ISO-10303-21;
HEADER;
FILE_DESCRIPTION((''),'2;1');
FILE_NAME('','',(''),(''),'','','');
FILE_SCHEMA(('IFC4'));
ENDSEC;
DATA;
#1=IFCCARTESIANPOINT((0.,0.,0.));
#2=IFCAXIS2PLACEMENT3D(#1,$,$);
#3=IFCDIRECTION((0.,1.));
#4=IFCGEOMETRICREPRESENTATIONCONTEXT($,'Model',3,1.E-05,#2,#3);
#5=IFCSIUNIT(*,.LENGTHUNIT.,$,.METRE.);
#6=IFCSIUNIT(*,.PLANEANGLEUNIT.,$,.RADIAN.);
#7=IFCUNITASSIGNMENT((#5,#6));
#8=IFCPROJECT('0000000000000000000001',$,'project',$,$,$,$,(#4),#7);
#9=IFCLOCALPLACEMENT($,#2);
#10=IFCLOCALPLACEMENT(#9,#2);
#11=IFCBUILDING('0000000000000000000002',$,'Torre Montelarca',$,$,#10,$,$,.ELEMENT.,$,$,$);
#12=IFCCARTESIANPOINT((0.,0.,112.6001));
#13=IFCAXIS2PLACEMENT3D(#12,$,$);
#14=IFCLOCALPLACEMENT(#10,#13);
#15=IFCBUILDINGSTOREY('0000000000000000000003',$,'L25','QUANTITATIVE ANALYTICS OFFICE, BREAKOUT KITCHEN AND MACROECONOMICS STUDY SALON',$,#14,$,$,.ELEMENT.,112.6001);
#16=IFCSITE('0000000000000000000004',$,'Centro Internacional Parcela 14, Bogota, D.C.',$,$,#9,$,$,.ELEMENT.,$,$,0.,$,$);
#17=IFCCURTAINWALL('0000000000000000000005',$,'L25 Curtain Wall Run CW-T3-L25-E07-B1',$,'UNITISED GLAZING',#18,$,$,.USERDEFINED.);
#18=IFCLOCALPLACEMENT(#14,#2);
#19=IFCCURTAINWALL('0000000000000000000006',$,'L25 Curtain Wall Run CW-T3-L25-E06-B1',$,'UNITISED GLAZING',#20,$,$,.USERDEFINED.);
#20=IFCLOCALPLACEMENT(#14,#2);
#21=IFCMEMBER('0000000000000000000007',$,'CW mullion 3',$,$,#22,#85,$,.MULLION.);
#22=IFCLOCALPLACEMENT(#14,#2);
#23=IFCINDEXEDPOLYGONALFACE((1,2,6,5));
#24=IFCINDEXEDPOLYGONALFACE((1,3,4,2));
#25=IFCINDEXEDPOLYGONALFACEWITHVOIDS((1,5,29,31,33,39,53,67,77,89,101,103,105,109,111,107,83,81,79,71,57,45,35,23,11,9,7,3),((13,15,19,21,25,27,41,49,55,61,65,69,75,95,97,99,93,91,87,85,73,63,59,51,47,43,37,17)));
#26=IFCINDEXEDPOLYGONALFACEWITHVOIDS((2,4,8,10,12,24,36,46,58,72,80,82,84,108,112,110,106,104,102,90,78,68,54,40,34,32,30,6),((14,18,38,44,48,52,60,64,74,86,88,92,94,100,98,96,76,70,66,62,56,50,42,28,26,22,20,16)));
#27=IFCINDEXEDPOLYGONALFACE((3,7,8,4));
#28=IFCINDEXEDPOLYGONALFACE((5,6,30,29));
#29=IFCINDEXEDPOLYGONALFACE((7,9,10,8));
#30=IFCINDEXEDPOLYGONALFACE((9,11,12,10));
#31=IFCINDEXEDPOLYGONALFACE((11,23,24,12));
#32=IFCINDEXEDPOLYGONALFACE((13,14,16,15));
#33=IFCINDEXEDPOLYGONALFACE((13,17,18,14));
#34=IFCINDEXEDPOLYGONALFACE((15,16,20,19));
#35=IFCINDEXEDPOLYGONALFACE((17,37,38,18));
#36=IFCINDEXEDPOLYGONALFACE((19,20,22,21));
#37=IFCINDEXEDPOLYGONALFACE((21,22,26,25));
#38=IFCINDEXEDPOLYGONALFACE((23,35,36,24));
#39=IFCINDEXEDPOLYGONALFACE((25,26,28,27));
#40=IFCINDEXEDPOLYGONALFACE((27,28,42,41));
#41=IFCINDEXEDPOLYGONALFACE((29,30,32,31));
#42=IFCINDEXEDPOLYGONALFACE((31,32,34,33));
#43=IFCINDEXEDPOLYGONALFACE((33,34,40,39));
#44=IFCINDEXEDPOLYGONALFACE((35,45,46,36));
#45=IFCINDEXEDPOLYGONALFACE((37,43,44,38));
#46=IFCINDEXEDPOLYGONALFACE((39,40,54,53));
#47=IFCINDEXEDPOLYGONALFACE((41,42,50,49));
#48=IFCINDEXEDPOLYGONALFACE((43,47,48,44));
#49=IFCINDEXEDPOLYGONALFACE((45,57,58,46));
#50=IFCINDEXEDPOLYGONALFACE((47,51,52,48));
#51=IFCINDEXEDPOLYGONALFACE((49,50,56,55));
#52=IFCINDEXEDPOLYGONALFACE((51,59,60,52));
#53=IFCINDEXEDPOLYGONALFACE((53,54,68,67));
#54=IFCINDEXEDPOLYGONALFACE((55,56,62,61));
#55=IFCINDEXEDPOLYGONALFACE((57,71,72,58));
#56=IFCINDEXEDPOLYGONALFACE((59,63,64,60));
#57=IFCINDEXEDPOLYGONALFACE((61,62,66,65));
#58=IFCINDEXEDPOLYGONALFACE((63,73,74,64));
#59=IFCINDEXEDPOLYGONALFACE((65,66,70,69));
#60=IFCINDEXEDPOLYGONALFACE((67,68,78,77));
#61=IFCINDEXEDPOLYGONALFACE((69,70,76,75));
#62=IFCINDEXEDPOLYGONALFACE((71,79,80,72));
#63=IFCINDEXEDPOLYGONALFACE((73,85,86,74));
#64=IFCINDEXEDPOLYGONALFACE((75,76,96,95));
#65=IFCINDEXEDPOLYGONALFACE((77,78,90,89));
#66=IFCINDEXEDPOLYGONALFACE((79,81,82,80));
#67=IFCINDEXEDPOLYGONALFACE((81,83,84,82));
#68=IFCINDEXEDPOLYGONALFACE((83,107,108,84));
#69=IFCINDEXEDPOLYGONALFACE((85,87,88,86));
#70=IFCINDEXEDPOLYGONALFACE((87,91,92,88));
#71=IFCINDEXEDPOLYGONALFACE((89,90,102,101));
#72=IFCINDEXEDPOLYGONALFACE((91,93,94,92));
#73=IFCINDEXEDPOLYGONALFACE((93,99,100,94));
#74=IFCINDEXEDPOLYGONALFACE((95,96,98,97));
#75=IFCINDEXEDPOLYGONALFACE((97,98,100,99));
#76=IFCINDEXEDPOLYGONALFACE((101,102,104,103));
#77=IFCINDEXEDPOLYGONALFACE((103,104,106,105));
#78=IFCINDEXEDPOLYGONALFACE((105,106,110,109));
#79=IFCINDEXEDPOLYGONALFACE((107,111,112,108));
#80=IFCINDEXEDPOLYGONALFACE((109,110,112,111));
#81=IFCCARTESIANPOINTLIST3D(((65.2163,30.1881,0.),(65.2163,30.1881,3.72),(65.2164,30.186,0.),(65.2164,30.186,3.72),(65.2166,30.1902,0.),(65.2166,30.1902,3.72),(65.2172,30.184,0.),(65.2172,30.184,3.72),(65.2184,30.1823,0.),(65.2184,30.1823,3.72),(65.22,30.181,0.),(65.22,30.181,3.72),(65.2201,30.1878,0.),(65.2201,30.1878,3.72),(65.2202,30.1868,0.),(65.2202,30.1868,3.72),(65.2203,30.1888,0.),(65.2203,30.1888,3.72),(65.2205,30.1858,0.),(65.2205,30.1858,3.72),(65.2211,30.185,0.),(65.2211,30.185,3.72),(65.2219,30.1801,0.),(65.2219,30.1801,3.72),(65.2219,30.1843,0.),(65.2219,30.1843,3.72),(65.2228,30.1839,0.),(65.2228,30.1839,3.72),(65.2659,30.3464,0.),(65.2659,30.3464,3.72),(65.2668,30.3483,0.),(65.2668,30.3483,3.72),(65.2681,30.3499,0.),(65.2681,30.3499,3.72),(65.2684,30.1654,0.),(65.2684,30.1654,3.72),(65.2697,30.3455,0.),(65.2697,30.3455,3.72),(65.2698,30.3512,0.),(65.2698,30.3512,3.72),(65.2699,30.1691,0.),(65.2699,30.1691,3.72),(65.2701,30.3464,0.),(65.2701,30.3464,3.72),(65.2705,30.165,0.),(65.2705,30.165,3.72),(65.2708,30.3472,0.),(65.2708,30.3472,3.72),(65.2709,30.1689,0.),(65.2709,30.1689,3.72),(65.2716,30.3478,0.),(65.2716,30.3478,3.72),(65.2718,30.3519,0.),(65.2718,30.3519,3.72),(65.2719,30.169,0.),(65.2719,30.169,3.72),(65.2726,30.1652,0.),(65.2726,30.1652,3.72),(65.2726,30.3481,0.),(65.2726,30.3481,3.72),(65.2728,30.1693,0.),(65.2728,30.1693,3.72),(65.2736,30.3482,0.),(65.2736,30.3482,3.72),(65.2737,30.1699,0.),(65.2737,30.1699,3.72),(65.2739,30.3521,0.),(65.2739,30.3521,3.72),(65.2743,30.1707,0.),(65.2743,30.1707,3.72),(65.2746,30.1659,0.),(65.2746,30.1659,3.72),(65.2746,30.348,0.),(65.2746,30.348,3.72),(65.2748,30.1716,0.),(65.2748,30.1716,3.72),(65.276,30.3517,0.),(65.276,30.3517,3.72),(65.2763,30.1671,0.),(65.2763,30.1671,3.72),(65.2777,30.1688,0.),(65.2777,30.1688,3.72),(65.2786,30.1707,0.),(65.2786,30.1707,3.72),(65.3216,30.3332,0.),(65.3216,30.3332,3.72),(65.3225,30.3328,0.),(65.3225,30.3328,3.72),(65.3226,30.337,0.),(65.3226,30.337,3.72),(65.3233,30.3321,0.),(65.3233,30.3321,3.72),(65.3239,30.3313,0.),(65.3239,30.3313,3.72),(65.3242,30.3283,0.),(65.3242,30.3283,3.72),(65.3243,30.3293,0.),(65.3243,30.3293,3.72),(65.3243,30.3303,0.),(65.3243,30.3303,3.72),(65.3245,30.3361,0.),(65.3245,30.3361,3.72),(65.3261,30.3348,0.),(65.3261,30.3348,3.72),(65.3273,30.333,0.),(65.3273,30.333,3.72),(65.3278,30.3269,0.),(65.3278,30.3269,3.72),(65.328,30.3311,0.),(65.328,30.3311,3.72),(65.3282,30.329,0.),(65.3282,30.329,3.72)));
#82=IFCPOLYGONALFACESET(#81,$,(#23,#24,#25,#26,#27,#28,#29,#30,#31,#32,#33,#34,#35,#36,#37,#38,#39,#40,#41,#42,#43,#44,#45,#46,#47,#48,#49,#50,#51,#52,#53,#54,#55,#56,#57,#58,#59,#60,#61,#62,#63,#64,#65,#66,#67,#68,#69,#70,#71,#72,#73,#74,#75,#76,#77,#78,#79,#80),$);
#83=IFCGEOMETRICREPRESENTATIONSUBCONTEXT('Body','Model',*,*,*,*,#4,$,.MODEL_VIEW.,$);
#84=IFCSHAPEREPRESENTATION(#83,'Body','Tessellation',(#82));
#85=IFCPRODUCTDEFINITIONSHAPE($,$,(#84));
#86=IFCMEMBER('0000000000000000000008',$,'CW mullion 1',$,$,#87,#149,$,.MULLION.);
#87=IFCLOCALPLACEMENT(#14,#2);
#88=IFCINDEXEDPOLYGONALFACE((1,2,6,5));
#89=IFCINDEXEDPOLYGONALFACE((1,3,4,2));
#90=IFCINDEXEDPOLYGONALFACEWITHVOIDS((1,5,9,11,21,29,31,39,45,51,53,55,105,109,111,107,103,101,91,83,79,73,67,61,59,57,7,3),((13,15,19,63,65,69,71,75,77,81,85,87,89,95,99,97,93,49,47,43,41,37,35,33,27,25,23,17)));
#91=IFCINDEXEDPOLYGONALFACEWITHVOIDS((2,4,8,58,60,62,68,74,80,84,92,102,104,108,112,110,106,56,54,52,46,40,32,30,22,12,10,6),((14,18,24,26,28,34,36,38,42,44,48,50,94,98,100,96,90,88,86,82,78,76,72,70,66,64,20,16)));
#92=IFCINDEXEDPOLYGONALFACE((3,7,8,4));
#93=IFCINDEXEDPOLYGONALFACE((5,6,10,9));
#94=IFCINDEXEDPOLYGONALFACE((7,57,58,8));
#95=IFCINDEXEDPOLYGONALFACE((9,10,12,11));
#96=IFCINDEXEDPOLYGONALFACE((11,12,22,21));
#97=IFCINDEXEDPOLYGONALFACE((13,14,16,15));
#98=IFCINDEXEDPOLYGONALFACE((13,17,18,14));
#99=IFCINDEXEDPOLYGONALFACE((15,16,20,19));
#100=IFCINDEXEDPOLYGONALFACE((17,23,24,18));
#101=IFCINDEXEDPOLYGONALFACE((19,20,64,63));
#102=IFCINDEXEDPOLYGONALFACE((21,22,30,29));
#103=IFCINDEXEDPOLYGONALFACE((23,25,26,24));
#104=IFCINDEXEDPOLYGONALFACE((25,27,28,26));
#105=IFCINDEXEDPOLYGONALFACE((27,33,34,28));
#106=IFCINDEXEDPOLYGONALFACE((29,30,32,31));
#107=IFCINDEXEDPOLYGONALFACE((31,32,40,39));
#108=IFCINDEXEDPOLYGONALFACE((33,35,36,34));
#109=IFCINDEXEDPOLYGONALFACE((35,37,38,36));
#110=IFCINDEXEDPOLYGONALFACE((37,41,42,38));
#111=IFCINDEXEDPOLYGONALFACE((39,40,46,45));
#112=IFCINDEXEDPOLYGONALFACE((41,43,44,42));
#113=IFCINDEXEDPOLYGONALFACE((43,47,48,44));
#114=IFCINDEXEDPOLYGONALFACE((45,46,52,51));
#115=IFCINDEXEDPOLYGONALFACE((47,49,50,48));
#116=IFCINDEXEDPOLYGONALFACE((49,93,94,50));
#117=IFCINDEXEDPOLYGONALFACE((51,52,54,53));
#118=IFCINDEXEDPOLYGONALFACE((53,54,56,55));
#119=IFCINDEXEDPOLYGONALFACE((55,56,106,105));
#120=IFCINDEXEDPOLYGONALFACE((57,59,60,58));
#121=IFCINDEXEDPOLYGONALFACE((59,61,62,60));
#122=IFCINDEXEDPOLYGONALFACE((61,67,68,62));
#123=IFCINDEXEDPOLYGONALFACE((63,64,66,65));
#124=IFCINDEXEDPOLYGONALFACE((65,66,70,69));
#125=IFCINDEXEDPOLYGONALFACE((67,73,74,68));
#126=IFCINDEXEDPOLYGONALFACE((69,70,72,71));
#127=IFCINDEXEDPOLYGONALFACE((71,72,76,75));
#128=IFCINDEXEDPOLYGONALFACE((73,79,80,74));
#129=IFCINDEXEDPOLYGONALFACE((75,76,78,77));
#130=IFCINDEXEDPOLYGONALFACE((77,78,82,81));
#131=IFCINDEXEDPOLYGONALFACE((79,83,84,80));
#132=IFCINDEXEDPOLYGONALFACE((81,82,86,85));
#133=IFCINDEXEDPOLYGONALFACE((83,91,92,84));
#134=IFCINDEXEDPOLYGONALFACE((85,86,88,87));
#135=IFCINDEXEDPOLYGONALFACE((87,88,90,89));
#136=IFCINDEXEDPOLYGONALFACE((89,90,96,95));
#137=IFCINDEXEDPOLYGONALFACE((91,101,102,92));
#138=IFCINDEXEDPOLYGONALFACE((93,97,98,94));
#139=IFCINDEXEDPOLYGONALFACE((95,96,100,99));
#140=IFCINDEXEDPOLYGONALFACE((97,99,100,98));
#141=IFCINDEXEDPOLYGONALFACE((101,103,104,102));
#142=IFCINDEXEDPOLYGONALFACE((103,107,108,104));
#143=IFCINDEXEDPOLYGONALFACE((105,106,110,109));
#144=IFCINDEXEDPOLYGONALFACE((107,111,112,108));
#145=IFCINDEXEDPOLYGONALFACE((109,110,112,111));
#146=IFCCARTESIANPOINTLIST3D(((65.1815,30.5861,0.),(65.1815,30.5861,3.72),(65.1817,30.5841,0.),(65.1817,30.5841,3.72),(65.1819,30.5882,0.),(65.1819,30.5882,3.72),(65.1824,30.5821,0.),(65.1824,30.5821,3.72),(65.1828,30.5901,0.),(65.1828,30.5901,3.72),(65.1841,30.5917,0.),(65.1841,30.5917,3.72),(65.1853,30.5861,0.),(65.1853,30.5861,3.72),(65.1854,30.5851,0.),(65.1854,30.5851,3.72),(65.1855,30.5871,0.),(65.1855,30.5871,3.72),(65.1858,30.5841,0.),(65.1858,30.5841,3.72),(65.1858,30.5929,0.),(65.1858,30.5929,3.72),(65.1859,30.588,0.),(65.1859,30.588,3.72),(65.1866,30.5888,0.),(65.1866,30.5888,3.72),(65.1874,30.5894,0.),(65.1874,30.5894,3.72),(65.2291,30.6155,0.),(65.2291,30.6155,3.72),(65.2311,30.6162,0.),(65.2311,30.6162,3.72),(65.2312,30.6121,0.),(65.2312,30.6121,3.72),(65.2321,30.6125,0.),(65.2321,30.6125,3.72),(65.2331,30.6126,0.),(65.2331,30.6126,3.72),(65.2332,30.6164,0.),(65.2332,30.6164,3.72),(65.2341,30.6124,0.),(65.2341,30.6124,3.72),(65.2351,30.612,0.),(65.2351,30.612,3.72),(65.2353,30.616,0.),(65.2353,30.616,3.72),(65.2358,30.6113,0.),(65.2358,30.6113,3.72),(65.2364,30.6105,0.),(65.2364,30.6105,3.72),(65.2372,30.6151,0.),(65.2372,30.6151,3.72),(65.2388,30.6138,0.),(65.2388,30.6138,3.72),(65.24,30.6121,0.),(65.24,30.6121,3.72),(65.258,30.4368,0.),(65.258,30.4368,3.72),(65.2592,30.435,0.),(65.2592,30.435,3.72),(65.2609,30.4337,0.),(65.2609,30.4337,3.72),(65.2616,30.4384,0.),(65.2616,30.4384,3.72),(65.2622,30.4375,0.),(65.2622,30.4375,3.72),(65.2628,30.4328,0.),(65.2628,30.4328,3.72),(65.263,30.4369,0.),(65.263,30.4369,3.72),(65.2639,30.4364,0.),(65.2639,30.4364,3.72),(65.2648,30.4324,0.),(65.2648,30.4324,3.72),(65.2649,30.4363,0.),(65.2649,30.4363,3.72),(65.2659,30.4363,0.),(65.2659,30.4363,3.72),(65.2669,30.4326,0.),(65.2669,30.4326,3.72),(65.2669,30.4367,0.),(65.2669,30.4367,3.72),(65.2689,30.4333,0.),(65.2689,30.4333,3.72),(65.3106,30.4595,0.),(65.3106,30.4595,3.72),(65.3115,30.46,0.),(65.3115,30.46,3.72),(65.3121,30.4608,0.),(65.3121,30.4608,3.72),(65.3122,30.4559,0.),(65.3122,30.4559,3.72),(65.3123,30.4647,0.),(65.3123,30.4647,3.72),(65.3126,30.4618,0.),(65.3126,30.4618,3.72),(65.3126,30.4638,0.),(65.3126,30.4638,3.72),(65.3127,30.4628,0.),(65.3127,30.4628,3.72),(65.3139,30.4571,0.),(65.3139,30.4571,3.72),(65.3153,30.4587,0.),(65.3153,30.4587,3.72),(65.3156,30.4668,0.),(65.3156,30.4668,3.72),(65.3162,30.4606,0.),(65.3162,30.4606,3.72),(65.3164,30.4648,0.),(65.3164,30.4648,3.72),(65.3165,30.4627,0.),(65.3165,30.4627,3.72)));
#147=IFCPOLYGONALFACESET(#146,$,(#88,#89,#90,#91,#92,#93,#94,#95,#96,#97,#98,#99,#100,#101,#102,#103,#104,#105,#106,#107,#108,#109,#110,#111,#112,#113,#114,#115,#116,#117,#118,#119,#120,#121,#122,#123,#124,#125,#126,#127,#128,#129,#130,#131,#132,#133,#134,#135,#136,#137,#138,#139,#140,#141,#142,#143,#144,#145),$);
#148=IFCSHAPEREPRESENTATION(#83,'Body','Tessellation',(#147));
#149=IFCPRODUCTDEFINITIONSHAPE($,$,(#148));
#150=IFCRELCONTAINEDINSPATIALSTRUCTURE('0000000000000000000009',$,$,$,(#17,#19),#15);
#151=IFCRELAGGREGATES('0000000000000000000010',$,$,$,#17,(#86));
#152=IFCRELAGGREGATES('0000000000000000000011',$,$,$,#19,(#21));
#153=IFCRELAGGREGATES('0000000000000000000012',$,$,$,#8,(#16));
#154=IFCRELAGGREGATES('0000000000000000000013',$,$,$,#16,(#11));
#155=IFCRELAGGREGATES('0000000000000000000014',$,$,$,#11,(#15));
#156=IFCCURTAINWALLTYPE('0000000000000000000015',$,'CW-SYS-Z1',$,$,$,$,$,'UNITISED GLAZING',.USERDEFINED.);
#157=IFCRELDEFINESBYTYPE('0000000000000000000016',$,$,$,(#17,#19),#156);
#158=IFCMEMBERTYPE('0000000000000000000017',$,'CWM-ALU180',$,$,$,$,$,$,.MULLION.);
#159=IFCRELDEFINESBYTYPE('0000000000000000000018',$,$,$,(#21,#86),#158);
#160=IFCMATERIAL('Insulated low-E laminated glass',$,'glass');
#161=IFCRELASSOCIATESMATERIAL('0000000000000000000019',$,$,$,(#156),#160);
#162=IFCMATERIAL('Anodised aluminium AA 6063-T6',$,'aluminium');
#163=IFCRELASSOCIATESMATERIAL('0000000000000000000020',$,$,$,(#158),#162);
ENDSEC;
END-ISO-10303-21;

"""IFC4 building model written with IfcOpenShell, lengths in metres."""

from ifc_helpers import new_model, si_unit, direction, frame, origin, origin_2d, place, context, subcontext, project, spatial, hollow_rectangle, extrude, source, transform, mapped, material, material_profile, profile_set, type_object, element, aggregate, save


model = new_model("IFC4")

# Units and contexts
model_context = context("Model", 3, precision=1e-05, world=origin(), true_north=direction((0.0, 1.0)))
body_context = subcontext(model_context, "Body", "Model", "MODEL_VIEW")
ifc_project = project(units=[si_unit("LENGTHUNIT", "METRE"), si_unit("PLANEANGLEUNIT", "RADIAN")], contexts=[model_context])

# Site, building, storey
site_placement = place(None, origin())
site = spatial("IfcSite", under=ifc_project, at=site_placement, Name="Centro Internacional Parcela 14, Bogota, D.C.", CompositionType="ELEMENT", RefElevation=0.0)
building_placement = place(site_placement, origin())
building = spatial("IfcBuilding", under=site, at=building_placement, Name="Torre Montelarca", CompositionType="ELEMENT")
storey_placement = place(building_placement, frame((0.0, 0.0, 112.6001)))
storey = spatial("IfcBuildingStorey", under=building, at=storey_placement, Name="L25", Description="QUANTITATIVE ANALYTICS OFFICE, BREAKOUT KITCHEN AND MACROECONOMICS STUDY SALON", CompositionType="ELEMENT", Elevation=112.6001)

# Curtain wall
ifc_material_1 = material(Name="Insulated low-E laminated glass", Category="glass")
curtain_wall_type = type_object("IfcCurtainWallType", Name="CW-SYS-Z1", ElementType="UNITISED GLAZING", PredefinedType="USERDEFINED", material=ifc_material_1)
curtain_wall_1_placement = place(storey_placement, origin())
curtain_wall_1 = element("IfcCurtainWall", 1, at=curtain_wall_1_placement, inside=storey, type_object=curtain_wall_type, Name="L25 Curtain Wall Run CW-T3-L25-E07-B1", ObjectType="UNITISED GLAZING", PredefinedType="USERDEFINED")
ifc_material_2 = material(Name="Anodised aluminium AA 6063-T6", Category="aluminium")

# Curtain wall, member
curtain_wall_2_placement = place(storey_placement, origin())
curtain_wall_2 = element("IfcCurtainWall", 2, at=curtain_wall_2_placement, inside=storey, type_object=curtain_wall_type, Name="L25 Curtain Wall Run CW-T3-L25-E06-B1", ObjectType="UNITISED GLAZING", PredefinedType="USERDEFINED")
ifc_material_profile_1 = material_profile(ifc_material_2, hollow_rectangle(XDim=0.0649, YDim=0.1799, WallThickness=0.0039, InnerFilletRadius=0.0039, OuterFilletRadius=0.0081, at=origin_2d()), Name="ALU65X180X4", Category="aluminium")
ifc_profile_set_1 = profile_set([ifc_material_profile_1], Name="Anodised aluminium AA 6063-T6")
member_type_1 = type_object("IfcMemberType", Name="CWM-ALU180", PredefinedType="MULLION", material=ifc_profile_set_1)
shared_shape_1 = source(origin(), body_context, "Body", "SweptSolid", [
    extrude(hollow_rectangle(XDim=0.0649, YDim=0.1799, WallThickness=0.0039, InnerFilletRadius=0.0039, OuterFilletRadius=0.0081, at=origin_2d()), origin(), (0.0, 0.0, 1.0), 3.72),
])
member_1_placement = place(storey_placement, frame((65.2722, 30.2585, 0.0), z_axis=(0.0, 0.0, 1.0), x_axis=(-0.953717, 0.300706, 0.0)))
member_1 = element("IfcMember", 3, at=member_1_placement, type_object=member_type_1, Name="CW mullion 3", PredefinedType="MULLION", context=body_context, shape_type="MappedRepresentation", body=[
    mapped(shared_shape_1, transform((0.0, 0.0, 0.0), scale=1.0)),
])

# Member
member_2_placement = place(storey_placement, frame((65.249, 30.5244, 0.0), z_axis=(0.0, 0.0, 1.0), x_axis=(-0.887014, -0.461742, 0.0)))
member_2 = element("IfcMember", 4, at=member_2_placement, type_object=member_type_1, Name="CW mullion 1", PredefinedType="MULLION", context=body_context, shape_type="MappedRepresentation", body=[
    mapped(shared_shape_1, transform((0.0, 0.0, 0.0), scale=1.0)),
])

aggregate(curtain_wall_1, [member_2])
aggregate(curtain_wall_2, [member_1])

save(model, "model.ifc")
